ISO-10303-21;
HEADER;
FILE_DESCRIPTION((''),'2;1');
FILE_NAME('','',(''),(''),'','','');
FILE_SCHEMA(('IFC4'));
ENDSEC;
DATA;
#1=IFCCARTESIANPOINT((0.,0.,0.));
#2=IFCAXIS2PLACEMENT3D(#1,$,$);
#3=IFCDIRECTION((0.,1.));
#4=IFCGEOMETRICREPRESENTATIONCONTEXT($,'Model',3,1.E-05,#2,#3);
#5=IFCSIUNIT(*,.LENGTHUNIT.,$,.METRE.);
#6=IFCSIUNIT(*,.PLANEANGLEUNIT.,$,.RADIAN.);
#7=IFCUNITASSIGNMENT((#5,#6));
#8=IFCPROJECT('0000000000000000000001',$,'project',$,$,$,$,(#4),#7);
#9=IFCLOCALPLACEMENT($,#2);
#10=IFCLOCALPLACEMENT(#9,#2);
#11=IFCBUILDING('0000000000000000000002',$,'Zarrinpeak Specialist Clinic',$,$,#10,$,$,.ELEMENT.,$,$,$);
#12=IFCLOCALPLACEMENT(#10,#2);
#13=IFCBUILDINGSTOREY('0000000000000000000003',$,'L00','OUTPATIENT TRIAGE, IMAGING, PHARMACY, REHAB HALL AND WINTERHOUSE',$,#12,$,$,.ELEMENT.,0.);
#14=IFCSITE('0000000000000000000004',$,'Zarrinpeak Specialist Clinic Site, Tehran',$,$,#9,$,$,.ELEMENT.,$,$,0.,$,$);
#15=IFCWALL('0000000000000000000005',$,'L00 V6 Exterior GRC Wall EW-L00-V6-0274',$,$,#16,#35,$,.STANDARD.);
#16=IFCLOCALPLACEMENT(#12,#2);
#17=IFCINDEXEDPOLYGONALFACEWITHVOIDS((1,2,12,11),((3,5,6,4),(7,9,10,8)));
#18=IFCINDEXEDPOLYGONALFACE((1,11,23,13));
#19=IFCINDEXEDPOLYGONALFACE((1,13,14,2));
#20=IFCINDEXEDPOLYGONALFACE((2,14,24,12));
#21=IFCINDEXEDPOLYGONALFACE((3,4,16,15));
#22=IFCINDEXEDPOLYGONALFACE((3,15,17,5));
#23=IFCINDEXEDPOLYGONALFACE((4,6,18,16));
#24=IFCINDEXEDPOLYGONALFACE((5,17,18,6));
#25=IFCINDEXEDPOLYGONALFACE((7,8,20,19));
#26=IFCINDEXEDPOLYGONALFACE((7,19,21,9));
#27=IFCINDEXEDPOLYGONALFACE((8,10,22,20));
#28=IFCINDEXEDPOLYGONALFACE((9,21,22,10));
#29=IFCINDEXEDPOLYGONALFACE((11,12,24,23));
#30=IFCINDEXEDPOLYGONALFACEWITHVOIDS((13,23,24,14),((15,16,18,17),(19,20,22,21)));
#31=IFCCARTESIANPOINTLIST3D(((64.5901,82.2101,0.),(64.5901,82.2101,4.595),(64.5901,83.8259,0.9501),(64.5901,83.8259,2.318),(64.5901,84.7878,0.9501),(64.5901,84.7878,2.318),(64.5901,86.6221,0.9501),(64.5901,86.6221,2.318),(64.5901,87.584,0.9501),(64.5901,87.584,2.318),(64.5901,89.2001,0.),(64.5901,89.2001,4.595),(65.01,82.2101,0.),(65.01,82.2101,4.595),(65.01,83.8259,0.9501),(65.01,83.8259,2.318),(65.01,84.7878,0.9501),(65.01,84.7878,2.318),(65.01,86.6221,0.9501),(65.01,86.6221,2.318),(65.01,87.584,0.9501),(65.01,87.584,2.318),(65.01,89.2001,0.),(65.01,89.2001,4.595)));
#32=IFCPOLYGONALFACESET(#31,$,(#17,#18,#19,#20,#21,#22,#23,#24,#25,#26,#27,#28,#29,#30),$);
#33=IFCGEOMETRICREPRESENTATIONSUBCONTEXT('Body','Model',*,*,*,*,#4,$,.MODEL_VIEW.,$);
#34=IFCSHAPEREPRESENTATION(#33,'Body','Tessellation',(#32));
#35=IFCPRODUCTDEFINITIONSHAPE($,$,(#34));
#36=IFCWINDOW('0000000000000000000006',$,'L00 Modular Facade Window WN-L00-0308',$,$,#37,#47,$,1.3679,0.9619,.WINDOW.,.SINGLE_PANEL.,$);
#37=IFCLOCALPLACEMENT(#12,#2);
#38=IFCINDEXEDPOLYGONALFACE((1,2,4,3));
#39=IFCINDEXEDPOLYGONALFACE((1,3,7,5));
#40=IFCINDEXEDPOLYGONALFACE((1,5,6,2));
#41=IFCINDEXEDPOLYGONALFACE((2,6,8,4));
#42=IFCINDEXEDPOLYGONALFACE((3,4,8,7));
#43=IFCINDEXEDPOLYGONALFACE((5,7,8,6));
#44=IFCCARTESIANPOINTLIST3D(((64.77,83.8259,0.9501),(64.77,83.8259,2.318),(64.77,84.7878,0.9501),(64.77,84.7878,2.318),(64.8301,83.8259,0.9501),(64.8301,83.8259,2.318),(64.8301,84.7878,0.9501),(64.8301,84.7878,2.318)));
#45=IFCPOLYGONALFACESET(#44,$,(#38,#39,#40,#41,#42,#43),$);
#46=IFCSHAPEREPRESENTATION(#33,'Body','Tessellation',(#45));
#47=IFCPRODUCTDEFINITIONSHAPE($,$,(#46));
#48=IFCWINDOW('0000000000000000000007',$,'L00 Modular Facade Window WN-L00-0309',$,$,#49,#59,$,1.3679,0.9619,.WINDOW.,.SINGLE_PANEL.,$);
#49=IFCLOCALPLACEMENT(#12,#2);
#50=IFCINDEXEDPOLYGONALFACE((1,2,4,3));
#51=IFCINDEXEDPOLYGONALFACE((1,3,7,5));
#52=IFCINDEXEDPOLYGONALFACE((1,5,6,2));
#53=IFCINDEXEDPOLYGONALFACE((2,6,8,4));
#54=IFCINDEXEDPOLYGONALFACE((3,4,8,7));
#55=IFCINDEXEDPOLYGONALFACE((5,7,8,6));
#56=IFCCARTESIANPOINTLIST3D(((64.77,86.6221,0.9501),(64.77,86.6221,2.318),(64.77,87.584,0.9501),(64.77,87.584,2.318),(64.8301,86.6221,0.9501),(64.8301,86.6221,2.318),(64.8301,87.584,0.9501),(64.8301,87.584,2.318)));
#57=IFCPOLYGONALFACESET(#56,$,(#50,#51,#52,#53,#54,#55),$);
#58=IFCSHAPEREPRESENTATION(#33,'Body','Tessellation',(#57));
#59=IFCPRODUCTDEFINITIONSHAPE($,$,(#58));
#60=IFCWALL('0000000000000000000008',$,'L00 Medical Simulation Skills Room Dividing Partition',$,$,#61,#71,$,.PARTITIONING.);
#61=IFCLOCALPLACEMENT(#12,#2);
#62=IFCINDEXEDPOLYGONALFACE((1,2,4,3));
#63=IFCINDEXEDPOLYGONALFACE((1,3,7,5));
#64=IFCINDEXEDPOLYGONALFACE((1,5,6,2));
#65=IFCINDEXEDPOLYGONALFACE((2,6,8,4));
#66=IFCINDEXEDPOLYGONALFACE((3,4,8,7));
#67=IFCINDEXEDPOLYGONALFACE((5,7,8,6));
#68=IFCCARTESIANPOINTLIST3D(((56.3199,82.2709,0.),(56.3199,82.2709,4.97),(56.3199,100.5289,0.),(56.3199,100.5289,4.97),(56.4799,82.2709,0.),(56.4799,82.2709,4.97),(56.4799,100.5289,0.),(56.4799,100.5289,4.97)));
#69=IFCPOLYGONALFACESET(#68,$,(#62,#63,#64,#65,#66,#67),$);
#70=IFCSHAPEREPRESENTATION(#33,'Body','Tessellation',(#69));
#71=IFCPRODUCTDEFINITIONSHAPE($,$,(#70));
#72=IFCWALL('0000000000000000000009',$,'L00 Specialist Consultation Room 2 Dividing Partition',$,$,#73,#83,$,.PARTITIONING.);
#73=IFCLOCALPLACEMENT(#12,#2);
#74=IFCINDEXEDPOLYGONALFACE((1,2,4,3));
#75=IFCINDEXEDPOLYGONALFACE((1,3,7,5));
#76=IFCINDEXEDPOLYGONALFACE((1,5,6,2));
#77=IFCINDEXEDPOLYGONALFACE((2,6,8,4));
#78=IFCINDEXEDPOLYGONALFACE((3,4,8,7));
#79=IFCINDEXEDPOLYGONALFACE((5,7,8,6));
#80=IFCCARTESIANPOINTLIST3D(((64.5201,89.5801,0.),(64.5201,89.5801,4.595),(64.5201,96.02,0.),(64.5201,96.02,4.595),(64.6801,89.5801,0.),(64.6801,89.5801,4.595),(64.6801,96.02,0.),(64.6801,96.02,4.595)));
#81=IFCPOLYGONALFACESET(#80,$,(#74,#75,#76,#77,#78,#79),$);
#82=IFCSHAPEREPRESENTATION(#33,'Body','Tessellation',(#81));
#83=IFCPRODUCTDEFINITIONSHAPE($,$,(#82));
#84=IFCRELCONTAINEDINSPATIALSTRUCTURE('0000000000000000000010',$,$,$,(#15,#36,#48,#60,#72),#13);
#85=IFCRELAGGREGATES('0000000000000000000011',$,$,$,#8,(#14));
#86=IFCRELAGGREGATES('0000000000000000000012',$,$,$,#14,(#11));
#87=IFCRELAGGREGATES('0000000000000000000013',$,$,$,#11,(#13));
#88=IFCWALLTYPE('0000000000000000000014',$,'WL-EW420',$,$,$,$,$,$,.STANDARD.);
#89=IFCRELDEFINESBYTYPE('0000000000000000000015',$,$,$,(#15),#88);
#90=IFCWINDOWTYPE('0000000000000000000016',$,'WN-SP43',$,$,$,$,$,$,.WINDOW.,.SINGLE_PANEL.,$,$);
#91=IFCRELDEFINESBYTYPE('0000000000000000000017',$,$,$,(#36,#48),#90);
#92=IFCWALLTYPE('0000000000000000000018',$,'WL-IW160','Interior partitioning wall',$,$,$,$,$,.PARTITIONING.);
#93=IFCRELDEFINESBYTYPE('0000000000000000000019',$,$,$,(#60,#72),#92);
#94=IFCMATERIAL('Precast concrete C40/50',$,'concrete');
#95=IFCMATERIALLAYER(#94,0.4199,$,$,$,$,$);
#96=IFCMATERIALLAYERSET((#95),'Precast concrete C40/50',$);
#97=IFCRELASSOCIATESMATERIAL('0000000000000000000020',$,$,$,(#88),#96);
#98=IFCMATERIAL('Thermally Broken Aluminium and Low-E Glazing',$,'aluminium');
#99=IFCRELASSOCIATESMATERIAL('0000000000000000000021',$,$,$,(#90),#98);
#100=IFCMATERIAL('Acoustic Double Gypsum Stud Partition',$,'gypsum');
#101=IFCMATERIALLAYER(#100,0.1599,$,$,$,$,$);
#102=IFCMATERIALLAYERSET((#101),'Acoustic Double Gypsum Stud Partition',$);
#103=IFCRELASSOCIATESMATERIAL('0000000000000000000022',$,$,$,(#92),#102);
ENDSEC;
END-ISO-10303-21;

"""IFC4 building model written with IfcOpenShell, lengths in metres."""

from ifc_helpers import new_model, si_unit, direction, frame, frame_2d, origin, place, context, subcontext, project, spatial, rectangle, extrude, material, layer, layer_set, type_object, element, fill, save


model = new_model("IFC4")

# Units and contexts
model_context = context("Model", 3, precision=1e-05, world=origin(), true_north=direction((0.0, 1.0)))
body_context = subcontext(model_context, "Body", "Model", "MODEL_VIEW")
ifc_project = project(units=[si_unit("LENGTHUNIT", "METRE"), si_unit("PLANEANGLEUNIT", "RADIAN")], contexts=[model_context])

# Site, building, storey
site_placement = place(None, origin())
site = spatial("IfcSite", under=ifc_project, at=site_placement, Name="Zarrinpeak Specialist Clinic Site, Tehran", CompositionType="ELEMENT", RefElevation=0.0)
building_placement = place(site_placement, origin())
building = spatial("IfcBuilding", under=site, at=building_placement, Name="Zarrinpeak Specialist Clinic", CompositionType="ELEMENT")
storey_placement = place(building_placement, origin())
storey = spatial("IfcBuildingStorey", under=building, at=storey_placement, Name="L00", Description="OUTPATIENT TRIAGE, IMAGING, PHARMACY, REHAB HALL AND WINTERHOUSE", CompositionType="ELEMENT", Elevation=0.0)

# Wall, openings, windows
ifc_material_1 = material(Name="Precast concrete C40/50", Category="concrete")
ifc_layer_1 = layer(ifc_material_1, 0.4199)
ifc_layer_set_1 = layer_set([ifc_layer_1], Name="Precast concrete C40/50")
wall_type_1 = type_object("IfcWallType", Name="WL-EW420", PredefinedType="STANDARD", material=ifc_layer_set_1)
ifc_material_2 = material(Name="Thermally Broken Aluminium and Low-E Glazing", Category="aluminium")
wall_1_placement = place(storey_placement, frame((64.8, 82.21, 0.0), z_axis=(0.0, 0.0, 1.0), x_axis=(0.0, 1.0, 0.0)))
wall_1 = element("IfcWall", 1, at=wall_1_placement, inside=storey, type_object=wall_type_1, Name="L00 V6 Exterior GRC Wall EW-L00-V6-0274", PredefinedType="STANDARD", context=body_context, shape_type="SweptSolid", body=[
    extrude(rectangle(XDim=6.99, YDim=0.4199, at=frame_2d((3.4951, 0.0))), origin(), (0.0, 0.0, 1.0), 4.595),
])
opening_1_placement = place(wall_1_placement, frame((1.616, 0.0, 0.95)))
opening_1 = element("IfcOpeningElement", 2, at=opening_1_placement, cuts=wall_1, PredefinedType="OPENING", context=body_context, shape_type="SweptSolid", body=[
    extrude(rectangle(XDim=0.9619, YDim=1.3679, at=frame_2d((0.481, 0.6841))), frame((0.0, 0.22, 0.0), z_axis=(0.0, -1.0, 0.0), x_axis=(1.0, 0.0, 0.0)), (0.0, 0.0, 1.0), 0.4399),
])
opening_2_placement = place(wall_1_placement, frame((4.4121, 0.0, 0.95)))
opening_2 = element("IfcOpeningElement", 3, at=opening_2_placement, cuts=wall_1, PredefinedType="OPENING", context=body_context, shape_type="SweptSolid", body=[
    extrude(rectangle(XDim=0.9619, YDim=1.3679, at=frame_2d((0.481, 0.6841))), frame((0.0, 0.22, 0.0), z_axis=(0.0, -1.0, 0.0), x_axis=(1.0, 0.0, 0.0)), (0.0, 0.0, 1.0), 0.4399),
])
window_type_1 = type_object("IfcWindowType", Name="WN-SP43", PartitioningType="SINGLE_PANEL", PredefinedType="WINDOW", material=ifc_material_2)
window_1_placement = place(opening_1_placement, origin())
window_1 = element("IfcWindow", 4, at=window_1_placement, inside=storey, type_object=window_type_1, Name="L00 Modular Facade Window WN-L00-0308", OverallHeight=1.3679, OverallWidth=0.9619, PartitioningType="SINGLE_PANEL", PredefinedType="WINDOW", context=body_context, shape_type="SweptSolid", body=[
    extrude(rectangle(XDim=0.9619, YDim=1.3679, at=frame_2d((0.481, 0.6841))), frame((0.0, 0.03, 0.0), z_axis=(0.0, -1.0, 0.0), x_axis=(1.0, 0.0, 0.0)), (0.0, 0.0, 1.0), 0.0601),
])
fill(opening_1, window_1)
window_2_placement = place(opening_2_placement, origin())
window_2 = element("IfcWindow", 5, at=window_2_placement, inside=storey, type_object=window_type_1, Name="L00 Modular Facade Window WN-L00-0309", OverallHeight=1.3679, OverallWidth=0.9619, PartitioningType="SINGLE_PANEL", PredefinedType="WINDOW", context=body_context, shape_type="SweptSolid", body=[
    extrude(rectangle(XDim=0.9619, YDim=1.3679, at=frame_2d((0.481, 0.6841))), frame((0.0, 0.03, 0.0), z_axis=(0.0, -1.0, 0.0), x_axis=(1.0, 0.0, 0.0)), (0.0, 0.0, 1.0), 0.0601),
])
fill(opening_2, window_2)

# Walls
ifc_material_3 = material(Name="Acoustic Double Gypsum Stud Partition", Category="gypsum")
ifc_layer_2 = layer(ifc_material_3, 0.1599)
ifc_layer_set_2 = layer_set([ifc_layer_2], Name="Acoustic Double Gypsum Stud Partition")
wall_type_2 = type_object("IfcWallType", Name="WL-IW160", Description="Interior partitioning wall", PredefinedType="PARTITIONING", material=ifc_layer_set_2)
wall_2_placement = place(storey_placement, frame((56.3999, 82.271, 0.0), z_axis=(0.0, 0.0, 1.0), x_axis=(0.0, 1.0, 0.0)))
element("IfcWall", 6, at=wall_2_placement, inside=storey, type_object=wall_type_2, Name="L00 Medical Simulation Skills Room Dividing Partition", PredefinedType="PARTITIONING", context=body_context, shape_type="SweptSolid", body=[
    extrude(rectangle(XDim=18.2581, YDim=0.1599, at=frame_2d((9.1289, 0.0))), origin(), (0.0, 0.0, 1.0), 4.97),
])
wall_3_placement = place(storey_placement, frame((64.6001, 89.5801, 0.0), z_axis=(0.0, 0.0, 1.0), x_axis=(0.0, 1.0, 0.0)))
element("IfcWall", 7, at=wall_3_placement, inside=storey, type_object=wall_type_2, Name="L00 Specialist Consultation Room 2 Dividing Partition", PredefinedType="PARTITIONING", context=body_context, shape_type="SweptSolid", body=[
    extrude(rectangle(XDim=6.4399, YDim=0.1599, at=frame_2d((3.22, 0.0))), origin(), (0.0, 0.0, 1.0), 4.595),
])

save(model, "model.ifc")
